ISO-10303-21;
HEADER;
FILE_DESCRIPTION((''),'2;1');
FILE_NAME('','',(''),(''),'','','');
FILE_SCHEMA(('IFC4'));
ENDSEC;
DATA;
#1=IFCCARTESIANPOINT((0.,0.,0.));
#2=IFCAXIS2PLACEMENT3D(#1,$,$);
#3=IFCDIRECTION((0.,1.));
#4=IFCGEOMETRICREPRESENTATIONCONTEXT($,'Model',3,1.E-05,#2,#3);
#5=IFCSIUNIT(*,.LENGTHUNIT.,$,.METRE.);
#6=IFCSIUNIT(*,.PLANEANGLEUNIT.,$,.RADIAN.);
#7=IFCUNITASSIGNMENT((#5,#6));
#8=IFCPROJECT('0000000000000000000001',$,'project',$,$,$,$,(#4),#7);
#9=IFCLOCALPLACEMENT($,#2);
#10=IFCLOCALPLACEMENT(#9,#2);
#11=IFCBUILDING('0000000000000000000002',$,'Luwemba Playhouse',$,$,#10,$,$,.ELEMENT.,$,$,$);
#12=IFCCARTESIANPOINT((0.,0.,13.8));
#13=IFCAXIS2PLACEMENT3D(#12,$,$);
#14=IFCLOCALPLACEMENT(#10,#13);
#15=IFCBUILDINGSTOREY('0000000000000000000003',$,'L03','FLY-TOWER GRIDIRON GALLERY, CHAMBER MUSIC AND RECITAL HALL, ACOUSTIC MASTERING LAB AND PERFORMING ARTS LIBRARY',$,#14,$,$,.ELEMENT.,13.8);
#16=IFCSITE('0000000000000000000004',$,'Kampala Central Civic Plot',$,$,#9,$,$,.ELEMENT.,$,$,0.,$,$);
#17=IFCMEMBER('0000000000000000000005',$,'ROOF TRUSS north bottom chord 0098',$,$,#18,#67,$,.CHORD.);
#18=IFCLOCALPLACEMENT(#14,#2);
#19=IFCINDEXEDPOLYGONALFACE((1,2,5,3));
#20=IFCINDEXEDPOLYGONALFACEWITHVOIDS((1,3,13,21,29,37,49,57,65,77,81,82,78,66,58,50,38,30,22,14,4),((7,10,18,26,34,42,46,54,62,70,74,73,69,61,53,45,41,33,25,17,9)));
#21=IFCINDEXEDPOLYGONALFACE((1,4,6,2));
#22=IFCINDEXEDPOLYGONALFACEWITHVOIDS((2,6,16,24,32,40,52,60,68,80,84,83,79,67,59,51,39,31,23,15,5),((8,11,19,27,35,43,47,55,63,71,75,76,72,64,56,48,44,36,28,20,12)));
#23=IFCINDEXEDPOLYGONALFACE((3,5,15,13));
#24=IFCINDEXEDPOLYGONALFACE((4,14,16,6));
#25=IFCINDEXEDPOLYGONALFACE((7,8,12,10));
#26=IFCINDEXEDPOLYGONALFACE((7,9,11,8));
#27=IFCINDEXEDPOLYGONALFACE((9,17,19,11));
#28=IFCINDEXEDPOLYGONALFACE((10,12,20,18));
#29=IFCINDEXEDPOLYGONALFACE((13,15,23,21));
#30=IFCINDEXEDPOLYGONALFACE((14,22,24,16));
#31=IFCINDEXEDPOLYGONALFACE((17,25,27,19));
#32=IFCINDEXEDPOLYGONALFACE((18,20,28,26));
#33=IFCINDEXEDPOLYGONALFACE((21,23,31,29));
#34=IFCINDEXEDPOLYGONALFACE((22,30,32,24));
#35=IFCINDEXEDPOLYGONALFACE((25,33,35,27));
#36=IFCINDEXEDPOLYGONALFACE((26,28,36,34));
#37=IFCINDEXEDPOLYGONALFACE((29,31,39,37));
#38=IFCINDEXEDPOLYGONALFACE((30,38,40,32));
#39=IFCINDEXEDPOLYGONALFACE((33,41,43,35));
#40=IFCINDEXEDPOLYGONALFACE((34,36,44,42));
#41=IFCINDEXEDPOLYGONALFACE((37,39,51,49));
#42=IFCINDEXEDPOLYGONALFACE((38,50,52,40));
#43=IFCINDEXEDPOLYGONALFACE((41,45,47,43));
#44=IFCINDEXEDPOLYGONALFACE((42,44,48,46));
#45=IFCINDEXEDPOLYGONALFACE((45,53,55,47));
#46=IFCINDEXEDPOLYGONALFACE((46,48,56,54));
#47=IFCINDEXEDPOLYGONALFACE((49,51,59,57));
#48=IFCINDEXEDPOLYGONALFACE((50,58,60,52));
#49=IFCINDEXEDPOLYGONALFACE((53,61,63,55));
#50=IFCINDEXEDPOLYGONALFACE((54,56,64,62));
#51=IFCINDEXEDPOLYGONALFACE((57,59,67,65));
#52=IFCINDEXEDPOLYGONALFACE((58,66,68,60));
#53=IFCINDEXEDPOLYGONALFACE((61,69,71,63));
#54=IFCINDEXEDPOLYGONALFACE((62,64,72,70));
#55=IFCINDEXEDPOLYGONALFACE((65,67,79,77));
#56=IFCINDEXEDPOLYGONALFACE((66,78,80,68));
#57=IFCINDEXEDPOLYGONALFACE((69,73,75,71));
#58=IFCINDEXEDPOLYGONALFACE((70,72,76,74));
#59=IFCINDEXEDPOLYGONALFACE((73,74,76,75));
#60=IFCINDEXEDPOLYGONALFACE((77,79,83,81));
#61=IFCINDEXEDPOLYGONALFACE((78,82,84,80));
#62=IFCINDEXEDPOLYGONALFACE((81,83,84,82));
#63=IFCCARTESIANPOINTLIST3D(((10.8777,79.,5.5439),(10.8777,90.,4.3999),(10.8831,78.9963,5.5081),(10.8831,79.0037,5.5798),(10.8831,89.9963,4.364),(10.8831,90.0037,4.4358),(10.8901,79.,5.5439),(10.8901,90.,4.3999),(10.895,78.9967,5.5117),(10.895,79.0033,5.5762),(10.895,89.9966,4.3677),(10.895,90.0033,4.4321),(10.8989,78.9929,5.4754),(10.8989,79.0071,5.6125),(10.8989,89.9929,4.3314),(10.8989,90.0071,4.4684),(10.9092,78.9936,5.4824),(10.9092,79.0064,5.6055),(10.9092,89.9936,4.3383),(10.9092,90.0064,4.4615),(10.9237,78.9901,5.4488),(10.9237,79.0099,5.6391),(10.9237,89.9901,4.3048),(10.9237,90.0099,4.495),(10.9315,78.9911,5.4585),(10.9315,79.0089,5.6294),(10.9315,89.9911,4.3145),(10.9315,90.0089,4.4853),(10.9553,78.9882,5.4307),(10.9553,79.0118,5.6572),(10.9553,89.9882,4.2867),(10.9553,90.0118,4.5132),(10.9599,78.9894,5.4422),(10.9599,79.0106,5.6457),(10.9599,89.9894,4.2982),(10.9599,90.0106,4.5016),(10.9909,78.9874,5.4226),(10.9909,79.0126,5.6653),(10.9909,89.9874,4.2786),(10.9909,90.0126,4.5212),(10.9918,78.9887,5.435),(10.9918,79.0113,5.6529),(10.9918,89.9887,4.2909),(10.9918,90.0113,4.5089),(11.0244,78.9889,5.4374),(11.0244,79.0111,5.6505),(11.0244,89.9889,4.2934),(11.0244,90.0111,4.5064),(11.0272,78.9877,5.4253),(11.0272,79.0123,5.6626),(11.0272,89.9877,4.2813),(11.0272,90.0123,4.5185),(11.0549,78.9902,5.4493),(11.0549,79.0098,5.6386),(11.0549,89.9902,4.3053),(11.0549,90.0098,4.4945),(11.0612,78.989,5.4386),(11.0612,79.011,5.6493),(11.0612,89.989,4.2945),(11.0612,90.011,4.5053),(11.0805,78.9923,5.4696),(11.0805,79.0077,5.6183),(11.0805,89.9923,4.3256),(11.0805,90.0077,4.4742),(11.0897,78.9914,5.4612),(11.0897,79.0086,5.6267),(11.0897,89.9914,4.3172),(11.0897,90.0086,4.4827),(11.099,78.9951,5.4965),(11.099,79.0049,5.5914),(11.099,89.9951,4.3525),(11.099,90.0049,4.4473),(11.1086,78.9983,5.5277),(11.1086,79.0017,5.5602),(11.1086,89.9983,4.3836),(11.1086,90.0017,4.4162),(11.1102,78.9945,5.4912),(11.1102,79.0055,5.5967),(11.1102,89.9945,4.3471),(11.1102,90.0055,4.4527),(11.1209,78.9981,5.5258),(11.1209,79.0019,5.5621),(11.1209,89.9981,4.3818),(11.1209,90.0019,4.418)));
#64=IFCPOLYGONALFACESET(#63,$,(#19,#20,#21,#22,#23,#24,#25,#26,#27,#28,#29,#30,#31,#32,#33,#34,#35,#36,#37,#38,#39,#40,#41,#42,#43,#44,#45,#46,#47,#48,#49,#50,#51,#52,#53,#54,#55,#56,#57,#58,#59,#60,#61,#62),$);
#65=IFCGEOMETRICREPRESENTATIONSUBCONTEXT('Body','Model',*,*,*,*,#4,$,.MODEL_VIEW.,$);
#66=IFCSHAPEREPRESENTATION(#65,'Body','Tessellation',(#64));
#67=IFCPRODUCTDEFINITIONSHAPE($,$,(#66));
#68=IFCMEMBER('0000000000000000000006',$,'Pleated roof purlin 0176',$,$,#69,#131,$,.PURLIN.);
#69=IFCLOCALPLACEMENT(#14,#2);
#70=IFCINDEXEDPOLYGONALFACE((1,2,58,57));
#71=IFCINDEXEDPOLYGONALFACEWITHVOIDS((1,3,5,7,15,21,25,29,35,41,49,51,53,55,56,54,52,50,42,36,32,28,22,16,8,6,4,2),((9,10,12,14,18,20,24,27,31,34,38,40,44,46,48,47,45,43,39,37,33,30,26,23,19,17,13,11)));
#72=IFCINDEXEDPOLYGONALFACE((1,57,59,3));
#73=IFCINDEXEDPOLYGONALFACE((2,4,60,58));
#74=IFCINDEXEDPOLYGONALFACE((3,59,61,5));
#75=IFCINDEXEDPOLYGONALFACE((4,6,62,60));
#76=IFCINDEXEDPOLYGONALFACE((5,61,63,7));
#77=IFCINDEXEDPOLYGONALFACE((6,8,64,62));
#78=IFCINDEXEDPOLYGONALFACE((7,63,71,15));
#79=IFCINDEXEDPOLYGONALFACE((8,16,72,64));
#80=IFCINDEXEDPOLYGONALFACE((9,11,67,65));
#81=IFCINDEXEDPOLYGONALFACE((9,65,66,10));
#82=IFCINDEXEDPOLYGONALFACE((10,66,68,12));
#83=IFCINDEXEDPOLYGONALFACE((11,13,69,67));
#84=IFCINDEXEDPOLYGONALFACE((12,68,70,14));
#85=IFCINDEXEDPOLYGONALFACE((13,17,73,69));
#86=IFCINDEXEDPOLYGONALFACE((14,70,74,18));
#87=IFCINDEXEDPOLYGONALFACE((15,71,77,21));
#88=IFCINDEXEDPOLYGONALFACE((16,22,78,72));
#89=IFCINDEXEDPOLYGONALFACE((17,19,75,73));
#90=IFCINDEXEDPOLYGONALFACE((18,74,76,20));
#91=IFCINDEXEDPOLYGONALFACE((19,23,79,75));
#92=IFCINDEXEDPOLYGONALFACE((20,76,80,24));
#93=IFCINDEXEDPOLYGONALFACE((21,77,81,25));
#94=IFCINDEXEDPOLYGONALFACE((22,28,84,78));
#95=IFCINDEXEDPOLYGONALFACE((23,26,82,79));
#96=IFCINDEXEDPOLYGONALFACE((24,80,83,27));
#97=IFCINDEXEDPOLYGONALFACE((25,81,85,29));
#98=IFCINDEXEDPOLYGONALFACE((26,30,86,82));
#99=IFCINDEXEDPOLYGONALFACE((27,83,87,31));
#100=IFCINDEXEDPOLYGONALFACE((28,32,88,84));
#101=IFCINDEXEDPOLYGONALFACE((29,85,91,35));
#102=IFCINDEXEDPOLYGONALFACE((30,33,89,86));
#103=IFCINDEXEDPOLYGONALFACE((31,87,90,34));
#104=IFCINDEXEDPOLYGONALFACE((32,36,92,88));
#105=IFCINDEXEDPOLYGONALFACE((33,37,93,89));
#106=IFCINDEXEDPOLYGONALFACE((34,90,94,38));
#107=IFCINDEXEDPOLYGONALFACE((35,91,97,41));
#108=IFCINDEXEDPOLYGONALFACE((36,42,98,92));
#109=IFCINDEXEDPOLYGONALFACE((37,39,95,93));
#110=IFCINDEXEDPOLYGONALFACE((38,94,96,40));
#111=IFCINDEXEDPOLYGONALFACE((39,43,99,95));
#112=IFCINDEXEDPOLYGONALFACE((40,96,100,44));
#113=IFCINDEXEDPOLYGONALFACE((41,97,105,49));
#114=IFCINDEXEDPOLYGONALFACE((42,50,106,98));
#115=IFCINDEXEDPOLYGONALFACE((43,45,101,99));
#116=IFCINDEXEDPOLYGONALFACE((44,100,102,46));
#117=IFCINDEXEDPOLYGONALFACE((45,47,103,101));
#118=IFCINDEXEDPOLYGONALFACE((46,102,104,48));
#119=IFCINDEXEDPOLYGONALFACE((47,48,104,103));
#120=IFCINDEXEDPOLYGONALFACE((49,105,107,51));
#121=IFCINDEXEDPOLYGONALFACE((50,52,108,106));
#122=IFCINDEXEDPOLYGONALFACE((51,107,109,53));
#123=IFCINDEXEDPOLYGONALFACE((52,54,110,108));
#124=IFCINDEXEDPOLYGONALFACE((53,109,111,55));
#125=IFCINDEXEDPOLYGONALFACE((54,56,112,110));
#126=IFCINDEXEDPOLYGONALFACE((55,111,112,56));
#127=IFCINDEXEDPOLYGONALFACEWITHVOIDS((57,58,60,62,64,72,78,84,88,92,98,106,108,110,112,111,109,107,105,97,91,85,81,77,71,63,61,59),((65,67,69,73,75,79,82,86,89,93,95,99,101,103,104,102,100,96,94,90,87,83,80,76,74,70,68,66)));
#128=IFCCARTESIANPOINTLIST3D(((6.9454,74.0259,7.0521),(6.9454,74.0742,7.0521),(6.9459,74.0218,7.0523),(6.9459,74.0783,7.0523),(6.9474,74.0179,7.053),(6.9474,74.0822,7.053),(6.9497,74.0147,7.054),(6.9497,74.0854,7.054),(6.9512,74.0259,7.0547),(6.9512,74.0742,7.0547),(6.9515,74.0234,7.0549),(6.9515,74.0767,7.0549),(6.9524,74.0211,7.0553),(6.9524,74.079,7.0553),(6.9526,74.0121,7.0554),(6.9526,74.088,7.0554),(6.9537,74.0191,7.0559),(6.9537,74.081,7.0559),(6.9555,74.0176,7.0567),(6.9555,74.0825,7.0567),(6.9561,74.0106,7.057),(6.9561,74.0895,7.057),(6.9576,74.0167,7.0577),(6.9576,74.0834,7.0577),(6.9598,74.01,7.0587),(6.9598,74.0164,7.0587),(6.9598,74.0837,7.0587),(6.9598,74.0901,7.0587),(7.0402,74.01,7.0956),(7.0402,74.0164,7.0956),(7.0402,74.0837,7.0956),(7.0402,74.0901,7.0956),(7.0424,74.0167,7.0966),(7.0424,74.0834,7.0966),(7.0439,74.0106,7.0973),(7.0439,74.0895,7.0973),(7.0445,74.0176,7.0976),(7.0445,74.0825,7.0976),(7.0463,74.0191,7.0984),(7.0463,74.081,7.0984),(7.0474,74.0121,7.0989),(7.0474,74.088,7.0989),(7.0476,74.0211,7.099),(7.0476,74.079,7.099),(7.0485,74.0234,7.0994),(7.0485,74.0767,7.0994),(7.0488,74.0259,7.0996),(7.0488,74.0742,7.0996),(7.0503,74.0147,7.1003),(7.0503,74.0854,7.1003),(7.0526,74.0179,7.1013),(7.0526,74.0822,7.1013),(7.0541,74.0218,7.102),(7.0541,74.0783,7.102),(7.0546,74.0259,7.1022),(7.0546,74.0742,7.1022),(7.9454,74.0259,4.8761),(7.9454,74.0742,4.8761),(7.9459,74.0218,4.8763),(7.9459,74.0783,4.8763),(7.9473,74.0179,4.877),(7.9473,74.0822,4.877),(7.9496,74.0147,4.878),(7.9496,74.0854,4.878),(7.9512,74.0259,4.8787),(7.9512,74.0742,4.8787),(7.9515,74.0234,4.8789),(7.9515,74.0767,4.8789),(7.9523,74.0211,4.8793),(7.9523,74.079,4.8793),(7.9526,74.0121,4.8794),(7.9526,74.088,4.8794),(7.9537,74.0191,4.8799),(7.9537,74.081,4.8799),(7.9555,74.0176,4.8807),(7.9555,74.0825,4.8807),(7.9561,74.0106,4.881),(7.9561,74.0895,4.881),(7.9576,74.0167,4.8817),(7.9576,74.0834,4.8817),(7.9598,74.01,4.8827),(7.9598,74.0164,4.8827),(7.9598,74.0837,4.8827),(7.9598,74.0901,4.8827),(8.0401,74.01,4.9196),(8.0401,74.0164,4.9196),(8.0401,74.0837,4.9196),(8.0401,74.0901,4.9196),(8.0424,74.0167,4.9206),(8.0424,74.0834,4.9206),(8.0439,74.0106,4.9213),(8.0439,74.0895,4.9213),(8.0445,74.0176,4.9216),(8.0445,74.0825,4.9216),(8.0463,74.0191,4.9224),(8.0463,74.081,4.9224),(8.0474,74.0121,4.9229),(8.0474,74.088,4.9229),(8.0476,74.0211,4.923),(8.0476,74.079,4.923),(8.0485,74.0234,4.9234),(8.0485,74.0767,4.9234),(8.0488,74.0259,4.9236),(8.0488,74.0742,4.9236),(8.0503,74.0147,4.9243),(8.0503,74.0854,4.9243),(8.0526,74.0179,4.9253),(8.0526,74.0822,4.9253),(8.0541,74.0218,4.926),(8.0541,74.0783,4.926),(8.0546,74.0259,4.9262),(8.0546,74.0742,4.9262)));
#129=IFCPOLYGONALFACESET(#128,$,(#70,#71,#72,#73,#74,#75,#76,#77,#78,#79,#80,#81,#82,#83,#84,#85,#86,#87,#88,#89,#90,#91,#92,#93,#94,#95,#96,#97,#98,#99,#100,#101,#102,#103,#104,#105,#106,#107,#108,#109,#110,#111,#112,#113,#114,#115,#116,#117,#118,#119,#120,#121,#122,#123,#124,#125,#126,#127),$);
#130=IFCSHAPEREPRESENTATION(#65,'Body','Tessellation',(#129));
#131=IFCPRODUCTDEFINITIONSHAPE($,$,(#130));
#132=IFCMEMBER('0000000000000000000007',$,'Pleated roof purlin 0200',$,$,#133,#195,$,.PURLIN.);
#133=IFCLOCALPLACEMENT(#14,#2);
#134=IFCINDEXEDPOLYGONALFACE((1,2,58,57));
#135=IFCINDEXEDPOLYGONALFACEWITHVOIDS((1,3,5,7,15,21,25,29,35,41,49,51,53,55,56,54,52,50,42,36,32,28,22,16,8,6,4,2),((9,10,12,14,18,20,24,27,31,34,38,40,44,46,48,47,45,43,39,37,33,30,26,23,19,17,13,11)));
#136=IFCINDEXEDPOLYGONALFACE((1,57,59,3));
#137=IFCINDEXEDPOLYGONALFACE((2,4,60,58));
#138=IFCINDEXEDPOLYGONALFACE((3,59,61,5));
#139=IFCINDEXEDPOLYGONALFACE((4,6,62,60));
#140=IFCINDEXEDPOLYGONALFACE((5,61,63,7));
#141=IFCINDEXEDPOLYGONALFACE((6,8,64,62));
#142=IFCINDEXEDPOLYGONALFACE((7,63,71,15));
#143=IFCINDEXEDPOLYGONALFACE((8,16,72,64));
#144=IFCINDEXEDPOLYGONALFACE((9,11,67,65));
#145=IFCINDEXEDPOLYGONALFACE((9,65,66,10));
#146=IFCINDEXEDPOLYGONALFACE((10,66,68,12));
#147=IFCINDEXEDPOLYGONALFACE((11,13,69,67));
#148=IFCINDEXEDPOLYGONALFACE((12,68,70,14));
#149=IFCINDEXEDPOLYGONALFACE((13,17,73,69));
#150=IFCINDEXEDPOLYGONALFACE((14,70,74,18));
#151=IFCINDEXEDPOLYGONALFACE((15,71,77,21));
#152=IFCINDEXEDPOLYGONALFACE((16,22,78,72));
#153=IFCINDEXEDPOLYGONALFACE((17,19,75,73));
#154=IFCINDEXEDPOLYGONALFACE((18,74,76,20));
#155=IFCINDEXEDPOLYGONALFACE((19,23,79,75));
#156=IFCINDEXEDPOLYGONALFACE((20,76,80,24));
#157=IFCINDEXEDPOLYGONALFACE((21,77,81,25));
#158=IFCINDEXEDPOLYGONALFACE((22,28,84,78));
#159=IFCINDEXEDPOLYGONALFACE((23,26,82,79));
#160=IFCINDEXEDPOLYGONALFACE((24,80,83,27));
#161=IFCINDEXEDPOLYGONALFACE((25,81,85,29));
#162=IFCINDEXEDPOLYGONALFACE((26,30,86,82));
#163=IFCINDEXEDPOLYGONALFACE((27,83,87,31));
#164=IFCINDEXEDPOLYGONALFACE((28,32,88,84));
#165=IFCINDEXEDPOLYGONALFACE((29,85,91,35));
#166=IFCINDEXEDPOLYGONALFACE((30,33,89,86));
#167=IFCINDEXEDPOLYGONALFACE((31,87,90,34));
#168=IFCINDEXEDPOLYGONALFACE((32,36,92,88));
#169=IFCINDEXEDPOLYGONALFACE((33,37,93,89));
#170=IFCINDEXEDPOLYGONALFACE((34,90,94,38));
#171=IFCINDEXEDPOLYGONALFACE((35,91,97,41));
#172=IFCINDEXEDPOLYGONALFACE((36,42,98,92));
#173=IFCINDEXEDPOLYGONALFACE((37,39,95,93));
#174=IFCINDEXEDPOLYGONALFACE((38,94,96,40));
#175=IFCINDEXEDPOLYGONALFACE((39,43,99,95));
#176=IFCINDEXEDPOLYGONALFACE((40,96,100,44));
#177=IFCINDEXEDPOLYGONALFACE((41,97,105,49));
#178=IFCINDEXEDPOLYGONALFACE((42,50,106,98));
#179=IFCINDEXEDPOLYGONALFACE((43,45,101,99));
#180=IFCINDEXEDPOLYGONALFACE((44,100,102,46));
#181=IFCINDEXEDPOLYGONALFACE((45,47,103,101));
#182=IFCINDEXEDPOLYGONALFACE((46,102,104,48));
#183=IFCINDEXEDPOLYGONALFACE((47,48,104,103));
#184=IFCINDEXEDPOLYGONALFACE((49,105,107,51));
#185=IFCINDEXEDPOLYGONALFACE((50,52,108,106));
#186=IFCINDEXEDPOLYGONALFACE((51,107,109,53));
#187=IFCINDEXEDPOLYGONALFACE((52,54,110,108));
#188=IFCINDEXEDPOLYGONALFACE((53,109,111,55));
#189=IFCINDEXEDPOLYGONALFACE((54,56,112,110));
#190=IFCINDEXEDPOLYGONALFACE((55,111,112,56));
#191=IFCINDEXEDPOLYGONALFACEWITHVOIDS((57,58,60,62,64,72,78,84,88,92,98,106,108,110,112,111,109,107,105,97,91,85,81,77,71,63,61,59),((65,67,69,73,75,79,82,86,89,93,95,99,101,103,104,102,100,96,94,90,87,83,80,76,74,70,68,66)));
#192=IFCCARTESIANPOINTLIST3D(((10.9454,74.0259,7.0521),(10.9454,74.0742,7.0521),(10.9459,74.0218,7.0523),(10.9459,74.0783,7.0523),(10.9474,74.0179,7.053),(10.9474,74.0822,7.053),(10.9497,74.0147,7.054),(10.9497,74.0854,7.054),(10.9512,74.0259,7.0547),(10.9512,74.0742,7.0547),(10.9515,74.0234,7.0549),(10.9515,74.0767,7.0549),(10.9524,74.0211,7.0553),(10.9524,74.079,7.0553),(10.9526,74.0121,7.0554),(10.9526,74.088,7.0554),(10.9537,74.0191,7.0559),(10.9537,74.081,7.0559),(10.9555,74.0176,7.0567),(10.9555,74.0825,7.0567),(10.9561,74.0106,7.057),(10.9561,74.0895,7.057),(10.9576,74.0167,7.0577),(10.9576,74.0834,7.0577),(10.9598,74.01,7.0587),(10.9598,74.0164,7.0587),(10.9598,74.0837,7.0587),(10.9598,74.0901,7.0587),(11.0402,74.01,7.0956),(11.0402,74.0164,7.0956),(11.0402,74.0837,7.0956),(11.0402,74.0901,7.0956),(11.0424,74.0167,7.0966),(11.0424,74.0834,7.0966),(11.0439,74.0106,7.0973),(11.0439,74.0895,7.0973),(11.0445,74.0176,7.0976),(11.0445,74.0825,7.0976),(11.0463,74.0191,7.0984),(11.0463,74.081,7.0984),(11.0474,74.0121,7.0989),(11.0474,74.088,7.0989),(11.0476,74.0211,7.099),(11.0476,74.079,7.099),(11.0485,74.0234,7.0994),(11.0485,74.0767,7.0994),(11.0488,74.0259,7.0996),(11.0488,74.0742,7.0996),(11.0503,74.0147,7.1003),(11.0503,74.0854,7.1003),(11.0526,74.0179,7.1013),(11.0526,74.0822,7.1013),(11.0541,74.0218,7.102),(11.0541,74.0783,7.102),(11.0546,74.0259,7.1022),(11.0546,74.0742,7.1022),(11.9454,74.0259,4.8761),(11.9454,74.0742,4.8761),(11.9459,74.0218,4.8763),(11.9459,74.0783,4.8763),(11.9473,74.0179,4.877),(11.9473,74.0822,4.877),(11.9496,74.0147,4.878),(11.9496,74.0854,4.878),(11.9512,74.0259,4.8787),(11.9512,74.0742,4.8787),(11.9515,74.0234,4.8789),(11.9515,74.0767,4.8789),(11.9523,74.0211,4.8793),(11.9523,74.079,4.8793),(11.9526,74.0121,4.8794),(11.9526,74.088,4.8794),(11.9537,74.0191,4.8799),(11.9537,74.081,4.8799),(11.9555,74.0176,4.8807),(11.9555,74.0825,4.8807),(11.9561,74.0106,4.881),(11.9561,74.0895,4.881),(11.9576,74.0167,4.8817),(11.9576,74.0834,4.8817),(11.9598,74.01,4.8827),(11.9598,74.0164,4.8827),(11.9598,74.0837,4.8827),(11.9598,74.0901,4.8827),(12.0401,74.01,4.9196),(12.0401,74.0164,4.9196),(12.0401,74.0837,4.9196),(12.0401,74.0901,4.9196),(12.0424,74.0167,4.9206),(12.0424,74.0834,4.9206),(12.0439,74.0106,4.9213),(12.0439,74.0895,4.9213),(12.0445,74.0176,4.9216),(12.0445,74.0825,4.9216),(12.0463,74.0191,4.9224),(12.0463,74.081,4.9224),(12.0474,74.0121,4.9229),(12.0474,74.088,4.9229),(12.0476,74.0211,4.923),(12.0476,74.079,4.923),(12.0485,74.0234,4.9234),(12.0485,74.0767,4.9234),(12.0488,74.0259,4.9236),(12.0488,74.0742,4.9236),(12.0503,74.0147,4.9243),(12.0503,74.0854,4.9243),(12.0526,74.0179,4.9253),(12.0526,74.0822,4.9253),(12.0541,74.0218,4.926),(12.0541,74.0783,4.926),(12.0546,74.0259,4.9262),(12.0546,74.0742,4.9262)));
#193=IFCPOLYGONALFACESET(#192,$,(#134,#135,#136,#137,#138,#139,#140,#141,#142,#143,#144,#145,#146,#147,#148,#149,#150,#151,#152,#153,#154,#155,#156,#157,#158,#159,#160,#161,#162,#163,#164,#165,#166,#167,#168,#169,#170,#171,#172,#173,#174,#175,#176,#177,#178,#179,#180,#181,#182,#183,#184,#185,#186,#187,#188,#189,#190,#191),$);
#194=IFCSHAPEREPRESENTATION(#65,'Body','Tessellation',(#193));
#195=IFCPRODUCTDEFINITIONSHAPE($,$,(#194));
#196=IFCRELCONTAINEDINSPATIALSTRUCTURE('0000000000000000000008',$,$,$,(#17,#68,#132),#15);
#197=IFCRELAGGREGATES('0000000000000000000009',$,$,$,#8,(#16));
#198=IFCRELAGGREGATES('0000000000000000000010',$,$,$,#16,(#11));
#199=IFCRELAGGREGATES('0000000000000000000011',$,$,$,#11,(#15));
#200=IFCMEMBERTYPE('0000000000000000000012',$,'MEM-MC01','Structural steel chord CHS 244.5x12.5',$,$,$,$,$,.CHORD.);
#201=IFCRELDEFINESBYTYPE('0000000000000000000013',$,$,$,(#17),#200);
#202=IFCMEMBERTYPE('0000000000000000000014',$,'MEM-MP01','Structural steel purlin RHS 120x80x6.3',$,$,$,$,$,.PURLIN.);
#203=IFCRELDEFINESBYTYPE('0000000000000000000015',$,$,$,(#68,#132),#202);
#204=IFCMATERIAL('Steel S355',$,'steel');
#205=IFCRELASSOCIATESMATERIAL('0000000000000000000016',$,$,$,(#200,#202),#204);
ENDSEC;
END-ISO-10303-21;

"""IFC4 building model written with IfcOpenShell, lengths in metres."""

from ifc_helpers import new_model, si_unit, direction, frame, origin, origin_2d, place, context, subcontext, project, spatial, hollow_rectangle, hollow_circle, extrude, material, material_profile, profile_set, type_object, element, save


model = new_model("IFC4")

# Units and contexts
model_context = context("Model", 3, precision=1e-05, world=origin(), true_north=direction((0.0, 1.0)))
body_context = subcontext(model_context, "Body", "Model", "MODEL_VIEW")
ifc_project = project(units=[si_unit("LENGTHUNIT", "METRE"), si_unit("PLANEANGLEUNIT", "RADIAN")], contexts=[model_context])

# Site, building, storey
site_placement = place(None, origin())
site = spatial("IfcSite", under=ifc_project, at=site_placement, Name="Kampala Central Civic Plot", CompositionType="ELEMENT", RefElevation=0.0)
building_placement = place(site_placement, origin())
building = spatial("IfcBuilding", under=site, at=building_placement, Name="Luwemba Playhouse", CompositionType="ELEMENT")
storey_placement = place(building_placement, frame((0.0, 0.0, 13.8)))
storey = spatial("IfcBuildingStorey", under=building, at=storey_placement, Name="L03", Description="FLY-TOWER GRIDIRON GALLERY, CHAMBER MUSIC AND RECITAL HALL, ACOUSTIC MASTERING LAB AND PERFORMING ARTS LIBRARY", CompositionType="ELEMENT", Elevation=13.8)

# Members
ifc_material_1 = material(Name="Steel S355", Category="steel")
ifc_material_profile_1 = material_profile(ifc_material_1, hollow_circle(Radius=0.1223, WallThickness=0.0125, at=origin_2d()))
ifc_profile_set_1 = profile_set([ifc_material_profile_1], Name="Steel S355")
member_type_1 = type_object("IfcMemberType", Name="MEM-MC01", Description="Structural steel chord CHS 244.5x12.5", PredefinedType="CHORD", material=ifc_profile_set_1)
member_1_placement = place(storey_placement, frame((11.0, 79.0, 5.5439), z_axis=(0.0, 0.994635, -0.103446), x_axis=(-1.0, 0.0, 0.0)))
element("IfcMember", 1, at=member_1_placement, inside=storey, type_object=member_type_1, Name="ROOF TRUSS north bottom chord 0098", PredefinedType="CHORD", context=body_context, shape_type="SweptSolid", body=[
    extrude(hollow_circle(Radius=0.1223, WallThickness=0.0125, at=origin_2d()), origin(), (0.0, 0.0, 1.0), 11.0593),
])
ifc_material_profile_2 = material_profile(ifc_material_1, hollow_rectangle(XDim=0.0801, YDim=0.1201, WallThickness=0.0063, InnerFilletRadius=0.0095, OuterFilletRadius=0.0159, at=origin_2d()))
ifc_profile_set_2 = profile_set([ifc_material_profile_2], Name="Steel S355")
member_type_2 = type_object("IfcMemberType", Name="MEM-MP01", Description="Structural steel purlin RHS 120x80x6.3", PredefinedType="PURLIN", material=ifc_profile_set_2)
for number, where, z_axis, x_axis, name in (
    (2, (7.0, 74.05, 7.0771), (0.417571, 0.0, -0.908644), (0.0, 1.0, 0.0), "Pleated roof purlin 0176"),
    (3, (11.0, 74.05, 7.0771), (0.417571, 0.0, -0.908644), (0.0, 1.0, 0.0), "Pleated roof purlin 0200"),
):
    element("IfcMember", number, at=place(storey_placement, frame(where, z_axis=z_axis, x_axis=x_axis)), inside=storey, type_object=member_type_2, Name=name, PredefinedType="PURLIN", context=body_context, shape_type="SweptSolid", body=[
        extrude(hollow_rectangle(XDim=0.0801, YDim=0.1201, WallThickness=0.0063, InnerFilletRadius=0.0095, OuterFilletRadius=0.0159, at=origin_2d()), origin(), (0.0, 0.0, 1.0), 2.3948),
    ])

save(model, "model.ifc")
